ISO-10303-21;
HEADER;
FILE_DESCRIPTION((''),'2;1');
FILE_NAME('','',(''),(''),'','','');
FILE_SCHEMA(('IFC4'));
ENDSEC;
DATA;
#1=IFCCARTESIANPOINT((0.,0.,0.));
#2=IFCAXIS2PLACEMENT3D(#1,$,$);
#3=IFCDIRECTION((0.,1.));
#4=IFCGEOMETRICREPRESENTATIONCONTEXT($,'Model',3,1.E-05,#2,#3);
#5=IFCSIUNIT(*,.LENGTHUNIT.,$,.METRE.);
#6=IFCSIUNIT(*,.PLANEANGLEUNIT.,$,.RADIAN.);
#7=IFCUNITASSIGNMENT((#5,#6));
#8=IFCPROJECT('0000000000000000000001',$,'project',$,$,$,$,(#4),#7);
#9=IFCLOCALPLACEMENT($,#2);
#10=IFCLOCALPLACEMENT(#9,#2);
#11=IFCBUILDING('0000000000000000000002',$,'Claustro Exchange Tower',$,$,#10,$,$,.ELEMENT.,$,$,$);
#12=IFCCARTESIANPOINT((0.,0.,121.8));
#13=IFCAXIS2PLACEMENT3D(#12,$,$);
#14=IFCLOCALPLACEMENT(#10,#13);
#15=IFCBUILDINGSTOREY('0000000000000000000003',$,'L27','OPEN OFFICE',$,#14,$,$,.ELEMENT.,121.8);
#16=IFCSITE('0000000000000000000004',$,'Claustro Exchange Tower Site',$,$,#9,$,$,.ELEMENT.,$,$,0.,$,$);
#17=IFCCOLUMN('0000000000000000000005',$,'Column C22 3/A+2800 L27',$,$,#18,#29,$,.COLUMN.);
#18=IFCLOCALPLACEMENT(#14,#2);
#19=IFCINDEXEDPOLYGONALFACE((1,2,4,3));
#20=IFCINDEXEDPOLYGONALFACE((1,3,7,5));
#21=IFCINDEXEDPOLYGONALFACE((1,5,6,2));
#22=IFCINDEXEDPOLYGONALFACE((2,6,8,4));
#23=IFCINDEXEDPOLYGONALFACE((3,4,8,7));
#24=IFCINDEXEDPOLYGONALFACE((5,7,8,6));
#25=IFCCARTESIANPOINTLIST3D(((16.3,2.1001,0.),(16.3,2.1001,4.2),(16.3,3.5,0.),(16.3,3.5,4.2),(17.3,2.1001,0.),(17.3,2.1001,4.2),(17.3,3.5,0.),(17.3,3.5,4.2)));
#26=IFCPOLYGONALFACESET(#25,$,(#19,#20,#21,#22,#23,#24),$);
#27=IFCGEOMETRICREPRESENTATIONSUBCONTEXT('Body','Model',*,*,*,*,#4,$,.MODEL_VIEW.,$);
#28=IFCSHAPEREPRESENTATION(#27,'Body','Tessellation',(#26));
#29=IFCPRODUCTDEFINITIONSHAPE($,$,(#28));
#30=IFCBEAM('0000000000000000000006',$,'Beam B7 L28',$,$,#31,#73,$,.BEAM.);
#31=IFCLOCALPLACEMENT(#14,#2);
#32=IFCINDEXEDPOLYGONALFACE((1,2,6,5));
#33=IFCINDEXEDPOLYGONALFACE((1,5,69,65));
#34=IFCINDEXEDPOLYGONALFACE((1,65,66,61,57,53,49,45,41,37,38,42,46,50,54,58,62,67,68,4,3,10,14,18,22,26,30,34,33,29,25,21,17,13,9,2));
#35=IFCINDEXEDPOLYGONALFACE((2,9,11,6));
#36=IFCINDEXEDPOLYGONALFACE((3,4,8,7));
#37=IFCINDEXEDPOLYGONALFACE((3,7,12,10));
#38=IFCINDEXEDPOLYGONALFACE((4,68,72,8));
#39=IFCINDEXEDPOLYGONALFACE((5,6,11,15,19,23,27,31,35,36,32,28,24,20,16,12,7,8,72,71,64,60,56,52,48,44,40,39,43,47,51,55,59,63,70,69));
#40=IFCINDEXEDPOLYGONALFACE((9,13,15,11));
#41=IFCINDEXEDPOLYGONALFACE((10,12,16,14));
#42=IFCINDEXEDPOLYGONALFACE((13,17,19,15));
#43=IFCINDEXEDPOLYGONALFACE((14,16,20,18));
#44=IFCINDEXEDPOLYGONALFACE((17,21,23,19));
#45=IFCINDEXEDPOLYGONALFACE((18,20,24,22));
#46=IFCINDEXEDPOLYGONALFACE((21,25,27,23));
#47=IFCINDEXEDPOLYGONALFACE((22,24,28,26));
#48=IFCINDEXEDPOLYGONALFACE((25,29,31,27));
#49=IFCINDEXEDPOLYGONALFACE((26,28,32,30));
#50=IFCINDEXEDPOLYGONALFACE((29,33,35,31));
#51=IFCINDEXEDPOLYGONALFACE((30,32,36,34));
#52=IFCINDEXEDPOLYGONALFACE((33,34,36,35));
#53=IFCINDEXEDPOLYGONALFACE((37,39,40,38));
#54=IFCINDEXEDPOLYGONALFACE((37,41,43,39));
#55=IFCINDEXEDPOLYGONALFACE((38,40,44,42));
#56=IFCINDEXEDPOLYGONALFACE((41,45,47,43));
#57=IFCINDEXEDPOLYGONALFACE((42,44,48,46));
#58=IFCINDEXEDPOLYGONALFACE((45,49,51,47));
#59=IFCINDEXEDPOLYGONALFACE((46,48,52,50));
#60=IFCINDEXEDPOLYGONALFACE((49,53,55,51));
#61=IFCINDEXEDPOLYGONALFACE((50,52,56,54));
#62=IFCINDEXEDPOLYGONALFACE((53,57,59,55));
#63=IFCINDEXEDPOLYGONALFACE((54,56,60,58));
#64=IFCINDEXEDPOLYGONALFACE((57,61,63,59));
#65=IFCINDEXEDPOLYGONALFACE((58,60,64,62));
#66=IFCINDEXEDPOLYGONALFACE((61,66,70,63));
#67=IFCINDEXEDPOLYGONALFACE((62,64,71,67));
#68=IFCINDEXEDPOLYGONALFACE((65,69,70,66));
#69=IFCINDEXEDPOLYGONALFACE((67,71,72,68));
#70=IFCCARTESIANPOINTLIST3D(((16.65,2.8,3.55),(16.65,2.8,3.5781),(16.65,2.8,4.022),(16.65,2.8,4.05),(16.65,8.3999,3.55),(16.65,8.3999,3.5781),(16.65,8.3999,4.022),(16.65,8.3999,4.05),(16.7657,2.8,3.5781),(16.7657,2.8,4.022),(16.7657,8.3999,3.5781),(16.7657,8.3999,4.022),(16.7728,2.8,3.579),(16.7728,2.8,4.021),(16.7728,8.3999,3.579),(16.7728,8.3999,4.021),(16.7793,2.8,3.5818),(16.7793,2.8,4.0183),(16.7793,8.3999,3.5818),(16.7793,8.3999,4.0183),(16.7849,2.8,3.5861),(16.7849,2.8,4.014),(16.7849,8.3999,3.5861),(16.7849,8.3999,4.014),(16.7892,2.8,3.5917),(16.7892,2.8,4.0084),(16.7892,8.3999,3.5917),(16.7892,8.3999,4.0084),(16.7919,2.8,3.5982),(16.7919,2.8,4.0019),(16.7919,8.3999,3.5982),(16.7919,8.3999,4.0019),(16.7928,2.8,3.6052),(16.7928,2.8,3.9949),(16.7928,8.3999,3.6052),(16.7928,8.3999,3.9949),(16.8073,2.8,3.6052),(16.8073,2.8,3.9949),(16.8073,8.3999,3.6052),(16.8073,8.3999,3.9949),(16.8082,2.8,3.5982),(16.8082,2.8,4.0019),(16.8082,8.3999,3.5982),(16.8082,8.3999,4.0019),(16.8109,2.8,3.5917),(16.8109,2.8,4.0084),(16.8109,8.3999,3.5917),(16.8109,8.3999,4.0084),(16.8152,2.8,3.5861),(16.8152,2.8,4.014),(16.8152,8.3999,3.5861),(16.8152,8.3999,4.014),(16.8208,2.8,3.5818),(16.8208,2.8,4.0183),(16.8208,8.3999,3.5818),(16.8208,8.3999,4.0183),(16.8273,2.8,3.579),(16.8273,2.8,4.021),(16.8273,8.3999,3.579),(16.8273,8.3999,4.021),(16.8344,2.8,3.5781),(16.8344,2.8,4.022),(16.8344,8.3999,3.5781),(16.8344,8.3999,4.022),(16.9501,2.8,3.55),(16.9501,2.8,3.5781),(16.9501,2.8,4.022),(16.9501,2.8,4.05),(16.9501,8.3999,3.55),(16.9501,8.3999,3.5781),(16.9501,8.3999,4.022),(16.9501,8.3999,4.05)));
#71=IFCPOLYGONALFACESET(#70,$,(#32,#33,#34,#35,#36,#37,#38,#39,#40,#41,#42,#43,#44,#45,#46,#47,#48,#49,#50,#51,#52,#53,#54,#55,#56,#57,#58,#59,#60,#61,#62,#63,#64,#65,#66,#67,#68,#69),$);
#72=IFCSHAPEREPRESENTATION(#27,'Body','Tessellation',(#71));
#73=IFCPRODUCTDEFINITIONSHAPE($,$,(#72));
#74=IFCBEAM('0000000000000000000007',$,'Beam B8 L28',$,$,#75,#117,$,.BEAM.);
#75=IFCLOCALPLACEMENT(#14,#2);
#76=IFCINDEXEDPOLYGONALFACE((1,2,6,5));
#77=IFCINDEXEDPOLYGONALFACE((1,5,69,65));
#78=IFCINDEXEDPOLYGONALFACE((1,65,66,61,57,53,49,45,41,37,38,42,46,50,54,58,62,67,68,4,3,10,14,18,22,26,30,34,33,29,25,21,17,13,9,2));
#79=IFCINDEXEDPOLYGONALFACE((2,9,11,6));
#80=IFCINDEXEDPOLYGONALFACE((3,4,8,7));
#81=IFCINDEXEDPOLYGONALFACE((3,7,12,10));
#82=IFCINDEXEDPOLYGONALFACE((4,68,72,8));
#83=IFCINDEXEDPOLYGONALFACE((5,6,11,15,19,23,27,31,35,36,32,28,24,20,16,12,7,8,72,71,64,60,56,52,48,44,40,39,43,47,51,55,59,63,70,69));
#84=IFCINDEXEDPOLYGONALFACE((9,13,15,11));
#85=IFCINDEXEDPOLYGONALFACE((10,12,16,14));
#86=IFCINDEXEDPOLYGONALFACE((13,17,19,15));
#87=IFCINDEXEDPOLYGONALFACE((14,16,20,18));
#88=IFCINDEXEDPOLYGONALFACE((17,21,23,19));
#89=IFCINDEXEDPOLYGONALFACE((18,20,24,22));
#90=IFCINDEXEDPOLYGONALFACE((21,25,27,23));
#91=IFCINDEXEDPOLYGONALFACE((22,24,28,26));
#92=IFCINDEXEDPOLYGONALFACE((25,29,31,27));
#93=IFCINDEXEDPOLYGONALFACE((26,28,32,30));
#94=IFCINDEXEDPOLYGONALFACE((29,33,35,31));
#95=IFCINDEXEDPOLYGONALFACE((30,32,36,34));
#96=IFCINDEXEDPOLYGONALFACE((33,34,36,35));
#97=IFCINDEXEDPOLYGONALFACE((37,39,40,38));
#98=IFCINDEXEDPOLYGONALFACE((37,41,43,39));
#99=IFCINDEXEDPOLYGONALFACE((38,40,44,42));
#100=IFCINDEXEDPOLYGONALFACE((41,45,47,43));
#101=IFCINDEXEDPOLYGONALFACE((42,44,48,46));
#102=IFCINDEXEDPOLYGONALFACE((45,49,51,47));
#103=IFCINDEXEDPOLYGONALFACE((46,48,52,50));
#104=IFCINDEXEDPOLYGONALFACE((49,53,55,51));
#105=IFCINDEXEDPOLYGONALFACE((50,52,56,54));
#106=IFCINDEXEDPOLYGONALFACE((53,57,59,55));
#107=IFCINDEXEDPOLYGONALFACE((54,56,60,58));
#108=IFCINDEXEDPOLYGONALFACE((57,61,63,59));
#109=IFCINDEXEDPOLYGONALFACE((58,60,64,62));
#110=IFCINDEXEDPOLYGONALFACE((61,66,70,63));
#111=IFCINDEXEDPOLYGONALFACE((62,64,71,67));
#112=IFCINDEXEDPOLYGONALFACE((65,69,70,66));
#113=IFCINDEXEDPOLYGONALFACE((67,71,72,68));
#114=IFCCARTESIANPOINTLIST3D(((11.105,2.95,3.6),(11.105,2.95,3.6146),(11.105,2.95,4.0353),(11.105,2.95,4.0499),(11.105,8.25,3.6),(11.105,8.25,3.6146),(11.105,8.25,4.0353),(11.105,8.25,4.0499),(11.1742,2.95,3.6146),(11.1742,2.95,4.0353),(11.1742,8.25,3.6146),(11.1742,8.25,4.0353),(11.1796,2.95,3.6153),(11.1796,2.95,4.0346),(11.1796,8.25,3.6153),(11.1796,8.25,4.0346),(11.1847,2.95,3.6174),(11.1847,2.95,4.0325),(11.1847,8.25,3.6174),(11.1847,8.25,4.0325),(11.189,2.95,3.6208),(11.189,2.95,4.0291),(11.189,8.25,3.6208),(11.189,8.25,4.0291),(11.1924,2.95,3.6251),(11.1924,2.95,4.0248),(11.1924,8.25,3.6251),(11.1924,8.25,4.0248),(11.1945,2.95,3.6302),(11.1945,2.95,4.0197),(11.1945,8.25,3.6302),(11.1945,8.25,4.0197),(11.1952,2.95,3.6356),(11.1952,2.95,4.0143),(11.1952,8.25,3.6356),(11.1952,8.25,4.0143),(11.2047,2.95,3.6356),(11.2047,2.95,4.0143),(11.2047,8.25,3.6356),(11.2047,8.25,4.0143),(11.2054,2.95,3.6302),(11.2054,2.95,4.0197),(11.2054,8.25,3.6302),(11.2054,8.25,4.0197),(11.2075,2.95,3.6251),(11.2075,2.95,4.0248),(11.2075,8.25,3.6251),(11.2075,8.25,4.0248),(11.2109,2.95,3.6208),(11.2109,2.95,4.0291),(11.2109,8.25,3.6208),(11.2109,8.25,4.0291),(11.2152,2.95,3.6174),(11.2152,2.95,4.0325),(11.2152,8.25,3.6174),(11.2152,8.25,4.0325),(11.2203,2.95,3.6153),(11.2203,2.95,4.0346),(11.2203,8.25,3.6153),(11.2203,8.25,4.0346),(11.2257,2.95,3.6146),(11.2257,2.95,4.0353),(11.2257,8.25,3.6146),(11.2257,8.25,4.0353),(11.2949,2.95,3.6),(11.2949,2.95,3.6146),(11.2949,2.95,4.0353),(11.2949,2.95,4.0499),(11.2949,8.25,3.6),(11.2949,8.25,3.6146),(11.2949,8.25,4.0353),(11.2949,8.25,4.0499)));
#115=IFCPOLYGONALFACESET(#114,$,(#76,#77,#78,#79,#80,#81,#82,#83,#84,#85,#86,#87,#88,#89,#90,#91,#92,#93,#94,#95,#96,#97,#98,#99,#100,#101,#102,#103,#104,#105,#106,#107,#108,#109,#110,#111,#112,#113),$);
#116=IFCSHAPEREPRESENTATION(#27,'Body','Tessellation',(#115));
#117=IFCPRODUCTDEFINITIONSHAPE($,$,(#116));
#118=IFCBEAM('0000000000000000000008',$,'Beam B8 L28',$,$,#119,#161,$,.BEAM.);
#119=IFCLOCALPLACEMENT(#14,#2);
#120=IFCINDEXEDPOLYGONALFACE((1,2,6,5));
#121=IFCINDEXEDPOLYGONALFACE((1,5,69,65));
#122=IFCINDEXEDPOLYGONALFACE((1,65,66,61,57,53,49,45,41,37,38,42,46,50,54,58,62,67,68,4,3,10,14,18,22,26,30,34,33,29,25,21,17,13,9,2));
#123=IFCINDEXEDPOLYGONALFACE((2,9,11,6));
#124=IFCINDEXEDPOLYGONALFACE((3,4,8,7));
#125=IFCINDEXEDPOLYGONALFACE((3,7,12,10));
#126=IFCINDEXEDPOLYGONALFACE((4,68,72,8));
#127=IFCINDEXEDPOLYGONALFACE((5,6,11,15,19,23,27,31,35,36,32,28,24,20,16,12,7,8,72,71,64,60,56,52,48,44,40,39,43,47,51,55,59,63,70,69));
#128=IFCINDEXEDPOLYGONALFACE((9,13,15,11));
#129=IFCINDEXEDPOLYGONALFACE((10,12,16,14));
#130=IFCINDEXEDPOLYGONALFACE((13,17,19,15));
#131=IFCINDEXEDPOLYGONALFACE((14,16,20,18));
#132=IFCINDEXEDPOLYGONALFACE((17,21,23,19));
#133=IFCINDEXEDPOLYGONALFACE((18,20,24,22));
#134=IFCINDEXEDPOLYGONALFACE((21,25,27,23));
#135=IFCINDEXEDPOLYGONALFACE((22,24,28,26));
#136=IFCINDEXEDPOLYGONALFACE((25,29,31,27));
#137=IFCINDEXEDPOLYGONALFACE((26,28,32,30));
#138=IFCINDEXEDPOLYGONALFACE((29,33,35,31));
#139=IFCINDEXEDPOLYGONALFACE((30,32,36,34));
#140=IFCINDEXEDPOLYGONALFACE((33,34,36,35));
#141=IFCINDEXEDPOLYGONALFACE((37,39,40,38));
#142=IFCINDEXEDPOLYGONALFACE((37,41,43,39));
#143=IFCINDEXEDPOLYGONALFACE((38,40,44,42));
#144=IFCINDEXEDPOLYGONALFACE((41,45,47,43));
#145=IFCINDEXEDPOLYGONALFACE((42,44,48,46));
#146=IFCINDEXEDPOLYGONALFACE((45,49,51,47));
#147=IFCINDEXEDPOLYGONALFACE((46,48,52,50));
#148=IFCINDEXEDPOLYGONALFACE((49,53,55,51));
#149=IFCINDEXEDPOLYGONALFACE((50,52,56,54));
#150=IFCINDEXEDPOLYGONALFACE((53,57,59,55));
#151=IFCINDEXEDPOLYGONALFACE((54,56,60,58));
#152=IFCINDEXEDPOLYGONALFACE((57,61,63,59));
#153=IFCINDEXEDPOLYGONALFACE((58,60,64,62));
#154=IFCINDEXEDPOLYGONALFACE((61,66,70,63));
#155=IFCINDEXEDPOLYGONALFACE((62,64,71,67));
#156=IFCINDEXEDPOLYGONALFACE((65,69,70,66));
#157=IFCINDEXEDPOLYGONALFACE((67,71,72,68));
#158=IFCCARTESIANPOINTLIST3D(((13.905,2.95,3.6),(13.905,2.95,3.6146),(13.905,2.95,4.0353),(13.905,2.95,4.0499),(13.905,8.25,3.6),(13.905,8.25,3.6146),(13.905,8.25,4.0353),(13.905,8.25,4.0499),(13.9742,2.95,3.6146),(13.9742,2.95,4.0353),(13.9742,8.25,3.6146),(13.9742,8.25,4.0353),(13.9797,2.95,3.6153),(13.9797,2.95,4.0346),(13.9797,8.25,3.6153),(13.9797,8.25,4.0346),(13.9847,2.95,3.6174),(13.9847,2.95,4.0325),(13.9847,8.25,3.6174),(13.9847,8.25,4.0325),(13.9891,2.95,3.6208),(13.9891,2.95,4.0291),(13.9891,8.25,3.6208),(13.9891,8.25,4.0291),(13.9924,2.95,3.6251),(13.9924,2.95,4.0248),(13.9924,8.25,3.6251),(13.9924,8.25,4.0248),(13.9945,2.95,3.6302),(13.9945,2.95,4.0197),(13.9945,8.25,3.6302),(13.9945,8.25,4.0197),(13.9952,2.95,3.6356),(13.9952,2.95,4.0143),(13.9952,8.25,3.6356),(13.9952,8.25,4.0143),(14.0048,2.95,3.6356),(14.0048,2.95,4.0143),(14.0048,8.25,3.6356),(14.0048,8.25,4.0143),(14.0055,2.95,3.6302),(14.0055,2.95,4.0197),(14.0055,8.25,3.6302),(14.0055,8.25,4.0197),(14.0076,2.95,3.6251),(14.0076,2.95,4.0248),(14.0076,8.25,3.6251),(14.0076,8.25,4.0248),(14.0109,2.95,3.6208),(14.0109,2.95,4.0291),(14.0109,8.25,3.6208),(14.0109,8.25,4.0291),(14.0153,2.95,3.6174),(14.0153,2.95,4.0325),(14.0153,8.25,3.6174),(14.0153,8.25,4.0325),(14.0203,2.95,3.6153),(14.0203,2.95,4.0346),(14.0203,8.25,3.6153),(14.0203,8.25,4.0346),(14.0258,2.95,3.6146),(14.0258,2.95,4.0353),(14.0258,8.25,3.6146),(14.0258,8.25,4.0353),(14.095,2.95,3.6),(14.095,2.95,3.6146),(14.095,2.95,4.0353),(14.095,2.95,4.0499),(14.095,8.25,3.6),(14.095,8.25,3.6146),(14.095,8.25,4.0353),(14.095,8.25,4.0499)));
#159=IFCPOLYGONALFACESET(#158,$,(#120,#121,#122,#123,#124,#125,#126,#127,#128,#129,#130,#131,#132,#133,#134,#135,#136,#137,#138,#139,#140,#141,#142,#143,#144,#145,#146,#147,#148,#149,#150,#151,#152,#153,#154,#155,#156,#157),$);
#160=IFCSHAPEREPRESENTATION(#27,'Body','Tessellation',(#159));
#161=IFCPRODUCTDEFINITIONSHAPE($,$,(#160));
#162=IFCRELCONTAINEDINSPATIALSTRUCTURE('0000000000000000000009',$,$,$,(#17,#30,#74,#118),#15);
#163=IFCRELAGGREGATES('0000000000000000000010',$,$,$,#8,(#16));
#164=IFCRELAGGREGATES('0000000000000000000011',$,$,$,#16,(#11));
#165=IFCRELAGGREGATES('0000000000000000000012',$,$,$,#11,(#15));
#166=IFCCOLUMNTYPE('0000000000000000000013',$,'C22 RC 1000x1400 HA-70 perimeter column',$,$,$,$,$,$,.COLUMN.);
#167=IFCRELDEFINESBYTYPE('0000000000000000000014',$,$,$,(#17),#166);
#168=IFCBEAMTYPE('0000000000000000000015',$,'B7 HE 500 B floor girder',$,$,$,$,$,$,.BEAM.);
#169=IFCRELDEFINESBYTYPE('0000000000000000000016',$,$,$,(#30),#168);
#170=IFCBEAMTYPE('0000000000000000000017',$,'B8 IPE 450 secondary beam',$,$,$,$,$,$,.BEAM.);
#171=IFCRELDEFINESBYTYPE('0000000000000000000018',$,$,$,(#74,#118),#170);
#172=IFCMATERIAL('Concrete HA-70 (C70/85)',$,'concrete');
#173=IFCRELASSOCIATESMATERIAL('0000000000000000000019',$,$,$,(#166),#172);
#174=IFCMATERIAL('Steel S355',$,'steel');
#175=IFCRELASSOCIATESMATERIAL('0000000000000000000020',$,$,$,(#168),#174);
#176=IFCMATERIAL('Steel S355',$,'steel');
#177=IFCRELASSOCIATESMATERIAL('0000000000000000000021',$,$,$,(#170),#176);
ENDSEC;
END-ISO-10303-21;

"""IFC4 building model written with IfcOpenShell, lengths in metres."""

from ifc_helpers import new_model, si_unit, direction, frame, origin, origin_2d, place, context, subcontext, project, spatial, rectangle, i_section, extrude, material, material_profile, profile_set, type_object, element, save


model = new_model("IFC4")

# Units and contexts
model_context = context("Model", 3, precision=1e-05, world=origin(), true_north=direction((0.0, 1.0)))
body_context = subcontext(model_context, "Body", "Model", "MODEL_VIEW")
ifc_project = project(units=[si_unit("LENGTHUNIT", "METRE"), si_unit("PLANEANGLEUNIT", "RADIAN")], contexts=[model_context])

# Site, building, storey
site_placement = place(None, origin())
site = spatial("IfcSite", under=ifc_project, at=site_placement, Name="Claustro Exchange Tower Site", CompositionType="ELEMENT", RefElevation=0.0)
building_placement = place(site_placement, origin())
building = spatial("IfcBuilding", under=site, at=building_placement, Name="Claustro Exchange Tower", CompositionType="ELEMENT")
storey_placement = place(building_placement, frame((0.0, 0.0, 121.8)))
storey = spatial("IfcBuildingStorey", under=building, at=storey_placement, Name="L27", Description="OPEN OFFICE", CompositionType="ELEMENT", Elevation=121.8)

# Column
ifc_material_1 = material(Name="Concrete HA-70 (C70/85)", Category="concrete")
ifc_material_profile_1 = material_profile(ifc_material_1, rectangle(XDim=1.0, YDim=1.3999, at=origin_2d()), Name="RC 1000x1400")
ifc_profile_set_1 = profile_set([ifc_material_profile_1], Name="Concrete HA-70 (C70/85)")
column_type = type_object("IfcColumnType", Name="C22 RC 1000x1400 HA-70 perimeter column", PredefinedType="COLUMN", material=ifc_profile_set_1)
column_placement = place(storey_placement, frame((16.8, 2.8, 0.0), z_axis=(0.0, 0.0, 1.0), x_axis=(1.0, 0.0, 0.0)))
element("IfcColumn", 1, at=column_placement, inside=storey, type_object=column_type, Name="Column C22 3/A+2800 L27", PredefinedType="COLUMN", context=body_context, shape_type="SweptSolid", body=[
    extrude(rectangle(XDim=1.0, YDim=1.3999, at=origin_2d()), origin(), (0.0, 0.0, 1.0), 4.2),
])

# Beams
ifc_material_2 = material(Name="Steel S355", Category="steel")
ifc_material_profile_2 = material_profile(ifc_material_2, i_section(OverallWidth=0.3, OverallDepth=0.5, WebThickness=0.0144, FlangeThickness=0.0281, FilletRadius=0.0271, at=origin_2d()), Name="HE 500 B")
ifc_profile_set_2 = profile_set([ifc_material_profile_2], Name="Steel S355")
beam_type_1 = type_object("IfcBeamType", Name="B7 HE 500 B floor girder", PredefinedType="BEAM", material=ifc_profile_set_2)
beam_1_placement = place(storey_placement, frame((16.8, 2.8, 3.8), z_axis=(0.0, 1.0, 0.0), x_axis=(-1.0, 0.0, 0.0)))
element("IfcBeam", 2, at=beam_1_placement, inside=storey, type_object=beam_type_1, Name="Beam B7 L28", PredefinedType="BEAM", context=body_context, shape_type="SweptSolid", body=[
    extrude(i_section(OverallWidth=0.3, OverallDepth=0.5, WebThickness=0.0144, FlangeThickness=0.0281, FilletRadius=0.0271, at=origin_2d()), origin(), (0.0, 0.0, 1.0), 5.5999),
])
ifc_material_3 = material(Name="Steel S355", Category="steel")
ifc_material_profile_3 = material_profile(ifc_material_3, i_section(OverallWidth=0.1899, OverallDepth=0.45, WebThickness=0.0095, FlangeThickness=0.0146, FilletRadius=0.021, at=origin_2d()), Name="IPE 450")
ifc_profile_set_3 = profile_set([ifc_material_profile_3], Name="Steel S355")
beam_type_2 = type_object("IfcBeamType", Name="B8 IPE 450 secondary beam", PredefinedType="BEAM", material=ifc_profile_set_3)
for number, where, z_axis, x_axis, name in (
    (3, (11.2, 2.95, 3.825), (0.0, 1.0, 0.0), (-1.0, 0.0, 0.0), "Beam B8 L28"),
    (4, (14.0, 2.95, 3.825), (0.0, 1.0, 0.0), (-1.0, 0.0, 0.0), "Beam B8 L28"),
):
    element("IfcBeam", number, at=place(storey_placement, frame(where, z_axis=z_axis, x_axis=x_axis)), inside=storey, type_object=beam_type_2, Name=name, PredefinedType="BEAM", context=body_context, shape_type="SweptSolid", body=[
        extrude(i_section(OverallWidth=0.1899, OverallDepth=0.45, WebThickness=0.0095, FlangeThickness=0.0146, FilletRadius=0.021, at=origin_2d()), origin(), (0.0, 0.0, 1.0), 5.3),
    ])

save(model, "model.ifc")
